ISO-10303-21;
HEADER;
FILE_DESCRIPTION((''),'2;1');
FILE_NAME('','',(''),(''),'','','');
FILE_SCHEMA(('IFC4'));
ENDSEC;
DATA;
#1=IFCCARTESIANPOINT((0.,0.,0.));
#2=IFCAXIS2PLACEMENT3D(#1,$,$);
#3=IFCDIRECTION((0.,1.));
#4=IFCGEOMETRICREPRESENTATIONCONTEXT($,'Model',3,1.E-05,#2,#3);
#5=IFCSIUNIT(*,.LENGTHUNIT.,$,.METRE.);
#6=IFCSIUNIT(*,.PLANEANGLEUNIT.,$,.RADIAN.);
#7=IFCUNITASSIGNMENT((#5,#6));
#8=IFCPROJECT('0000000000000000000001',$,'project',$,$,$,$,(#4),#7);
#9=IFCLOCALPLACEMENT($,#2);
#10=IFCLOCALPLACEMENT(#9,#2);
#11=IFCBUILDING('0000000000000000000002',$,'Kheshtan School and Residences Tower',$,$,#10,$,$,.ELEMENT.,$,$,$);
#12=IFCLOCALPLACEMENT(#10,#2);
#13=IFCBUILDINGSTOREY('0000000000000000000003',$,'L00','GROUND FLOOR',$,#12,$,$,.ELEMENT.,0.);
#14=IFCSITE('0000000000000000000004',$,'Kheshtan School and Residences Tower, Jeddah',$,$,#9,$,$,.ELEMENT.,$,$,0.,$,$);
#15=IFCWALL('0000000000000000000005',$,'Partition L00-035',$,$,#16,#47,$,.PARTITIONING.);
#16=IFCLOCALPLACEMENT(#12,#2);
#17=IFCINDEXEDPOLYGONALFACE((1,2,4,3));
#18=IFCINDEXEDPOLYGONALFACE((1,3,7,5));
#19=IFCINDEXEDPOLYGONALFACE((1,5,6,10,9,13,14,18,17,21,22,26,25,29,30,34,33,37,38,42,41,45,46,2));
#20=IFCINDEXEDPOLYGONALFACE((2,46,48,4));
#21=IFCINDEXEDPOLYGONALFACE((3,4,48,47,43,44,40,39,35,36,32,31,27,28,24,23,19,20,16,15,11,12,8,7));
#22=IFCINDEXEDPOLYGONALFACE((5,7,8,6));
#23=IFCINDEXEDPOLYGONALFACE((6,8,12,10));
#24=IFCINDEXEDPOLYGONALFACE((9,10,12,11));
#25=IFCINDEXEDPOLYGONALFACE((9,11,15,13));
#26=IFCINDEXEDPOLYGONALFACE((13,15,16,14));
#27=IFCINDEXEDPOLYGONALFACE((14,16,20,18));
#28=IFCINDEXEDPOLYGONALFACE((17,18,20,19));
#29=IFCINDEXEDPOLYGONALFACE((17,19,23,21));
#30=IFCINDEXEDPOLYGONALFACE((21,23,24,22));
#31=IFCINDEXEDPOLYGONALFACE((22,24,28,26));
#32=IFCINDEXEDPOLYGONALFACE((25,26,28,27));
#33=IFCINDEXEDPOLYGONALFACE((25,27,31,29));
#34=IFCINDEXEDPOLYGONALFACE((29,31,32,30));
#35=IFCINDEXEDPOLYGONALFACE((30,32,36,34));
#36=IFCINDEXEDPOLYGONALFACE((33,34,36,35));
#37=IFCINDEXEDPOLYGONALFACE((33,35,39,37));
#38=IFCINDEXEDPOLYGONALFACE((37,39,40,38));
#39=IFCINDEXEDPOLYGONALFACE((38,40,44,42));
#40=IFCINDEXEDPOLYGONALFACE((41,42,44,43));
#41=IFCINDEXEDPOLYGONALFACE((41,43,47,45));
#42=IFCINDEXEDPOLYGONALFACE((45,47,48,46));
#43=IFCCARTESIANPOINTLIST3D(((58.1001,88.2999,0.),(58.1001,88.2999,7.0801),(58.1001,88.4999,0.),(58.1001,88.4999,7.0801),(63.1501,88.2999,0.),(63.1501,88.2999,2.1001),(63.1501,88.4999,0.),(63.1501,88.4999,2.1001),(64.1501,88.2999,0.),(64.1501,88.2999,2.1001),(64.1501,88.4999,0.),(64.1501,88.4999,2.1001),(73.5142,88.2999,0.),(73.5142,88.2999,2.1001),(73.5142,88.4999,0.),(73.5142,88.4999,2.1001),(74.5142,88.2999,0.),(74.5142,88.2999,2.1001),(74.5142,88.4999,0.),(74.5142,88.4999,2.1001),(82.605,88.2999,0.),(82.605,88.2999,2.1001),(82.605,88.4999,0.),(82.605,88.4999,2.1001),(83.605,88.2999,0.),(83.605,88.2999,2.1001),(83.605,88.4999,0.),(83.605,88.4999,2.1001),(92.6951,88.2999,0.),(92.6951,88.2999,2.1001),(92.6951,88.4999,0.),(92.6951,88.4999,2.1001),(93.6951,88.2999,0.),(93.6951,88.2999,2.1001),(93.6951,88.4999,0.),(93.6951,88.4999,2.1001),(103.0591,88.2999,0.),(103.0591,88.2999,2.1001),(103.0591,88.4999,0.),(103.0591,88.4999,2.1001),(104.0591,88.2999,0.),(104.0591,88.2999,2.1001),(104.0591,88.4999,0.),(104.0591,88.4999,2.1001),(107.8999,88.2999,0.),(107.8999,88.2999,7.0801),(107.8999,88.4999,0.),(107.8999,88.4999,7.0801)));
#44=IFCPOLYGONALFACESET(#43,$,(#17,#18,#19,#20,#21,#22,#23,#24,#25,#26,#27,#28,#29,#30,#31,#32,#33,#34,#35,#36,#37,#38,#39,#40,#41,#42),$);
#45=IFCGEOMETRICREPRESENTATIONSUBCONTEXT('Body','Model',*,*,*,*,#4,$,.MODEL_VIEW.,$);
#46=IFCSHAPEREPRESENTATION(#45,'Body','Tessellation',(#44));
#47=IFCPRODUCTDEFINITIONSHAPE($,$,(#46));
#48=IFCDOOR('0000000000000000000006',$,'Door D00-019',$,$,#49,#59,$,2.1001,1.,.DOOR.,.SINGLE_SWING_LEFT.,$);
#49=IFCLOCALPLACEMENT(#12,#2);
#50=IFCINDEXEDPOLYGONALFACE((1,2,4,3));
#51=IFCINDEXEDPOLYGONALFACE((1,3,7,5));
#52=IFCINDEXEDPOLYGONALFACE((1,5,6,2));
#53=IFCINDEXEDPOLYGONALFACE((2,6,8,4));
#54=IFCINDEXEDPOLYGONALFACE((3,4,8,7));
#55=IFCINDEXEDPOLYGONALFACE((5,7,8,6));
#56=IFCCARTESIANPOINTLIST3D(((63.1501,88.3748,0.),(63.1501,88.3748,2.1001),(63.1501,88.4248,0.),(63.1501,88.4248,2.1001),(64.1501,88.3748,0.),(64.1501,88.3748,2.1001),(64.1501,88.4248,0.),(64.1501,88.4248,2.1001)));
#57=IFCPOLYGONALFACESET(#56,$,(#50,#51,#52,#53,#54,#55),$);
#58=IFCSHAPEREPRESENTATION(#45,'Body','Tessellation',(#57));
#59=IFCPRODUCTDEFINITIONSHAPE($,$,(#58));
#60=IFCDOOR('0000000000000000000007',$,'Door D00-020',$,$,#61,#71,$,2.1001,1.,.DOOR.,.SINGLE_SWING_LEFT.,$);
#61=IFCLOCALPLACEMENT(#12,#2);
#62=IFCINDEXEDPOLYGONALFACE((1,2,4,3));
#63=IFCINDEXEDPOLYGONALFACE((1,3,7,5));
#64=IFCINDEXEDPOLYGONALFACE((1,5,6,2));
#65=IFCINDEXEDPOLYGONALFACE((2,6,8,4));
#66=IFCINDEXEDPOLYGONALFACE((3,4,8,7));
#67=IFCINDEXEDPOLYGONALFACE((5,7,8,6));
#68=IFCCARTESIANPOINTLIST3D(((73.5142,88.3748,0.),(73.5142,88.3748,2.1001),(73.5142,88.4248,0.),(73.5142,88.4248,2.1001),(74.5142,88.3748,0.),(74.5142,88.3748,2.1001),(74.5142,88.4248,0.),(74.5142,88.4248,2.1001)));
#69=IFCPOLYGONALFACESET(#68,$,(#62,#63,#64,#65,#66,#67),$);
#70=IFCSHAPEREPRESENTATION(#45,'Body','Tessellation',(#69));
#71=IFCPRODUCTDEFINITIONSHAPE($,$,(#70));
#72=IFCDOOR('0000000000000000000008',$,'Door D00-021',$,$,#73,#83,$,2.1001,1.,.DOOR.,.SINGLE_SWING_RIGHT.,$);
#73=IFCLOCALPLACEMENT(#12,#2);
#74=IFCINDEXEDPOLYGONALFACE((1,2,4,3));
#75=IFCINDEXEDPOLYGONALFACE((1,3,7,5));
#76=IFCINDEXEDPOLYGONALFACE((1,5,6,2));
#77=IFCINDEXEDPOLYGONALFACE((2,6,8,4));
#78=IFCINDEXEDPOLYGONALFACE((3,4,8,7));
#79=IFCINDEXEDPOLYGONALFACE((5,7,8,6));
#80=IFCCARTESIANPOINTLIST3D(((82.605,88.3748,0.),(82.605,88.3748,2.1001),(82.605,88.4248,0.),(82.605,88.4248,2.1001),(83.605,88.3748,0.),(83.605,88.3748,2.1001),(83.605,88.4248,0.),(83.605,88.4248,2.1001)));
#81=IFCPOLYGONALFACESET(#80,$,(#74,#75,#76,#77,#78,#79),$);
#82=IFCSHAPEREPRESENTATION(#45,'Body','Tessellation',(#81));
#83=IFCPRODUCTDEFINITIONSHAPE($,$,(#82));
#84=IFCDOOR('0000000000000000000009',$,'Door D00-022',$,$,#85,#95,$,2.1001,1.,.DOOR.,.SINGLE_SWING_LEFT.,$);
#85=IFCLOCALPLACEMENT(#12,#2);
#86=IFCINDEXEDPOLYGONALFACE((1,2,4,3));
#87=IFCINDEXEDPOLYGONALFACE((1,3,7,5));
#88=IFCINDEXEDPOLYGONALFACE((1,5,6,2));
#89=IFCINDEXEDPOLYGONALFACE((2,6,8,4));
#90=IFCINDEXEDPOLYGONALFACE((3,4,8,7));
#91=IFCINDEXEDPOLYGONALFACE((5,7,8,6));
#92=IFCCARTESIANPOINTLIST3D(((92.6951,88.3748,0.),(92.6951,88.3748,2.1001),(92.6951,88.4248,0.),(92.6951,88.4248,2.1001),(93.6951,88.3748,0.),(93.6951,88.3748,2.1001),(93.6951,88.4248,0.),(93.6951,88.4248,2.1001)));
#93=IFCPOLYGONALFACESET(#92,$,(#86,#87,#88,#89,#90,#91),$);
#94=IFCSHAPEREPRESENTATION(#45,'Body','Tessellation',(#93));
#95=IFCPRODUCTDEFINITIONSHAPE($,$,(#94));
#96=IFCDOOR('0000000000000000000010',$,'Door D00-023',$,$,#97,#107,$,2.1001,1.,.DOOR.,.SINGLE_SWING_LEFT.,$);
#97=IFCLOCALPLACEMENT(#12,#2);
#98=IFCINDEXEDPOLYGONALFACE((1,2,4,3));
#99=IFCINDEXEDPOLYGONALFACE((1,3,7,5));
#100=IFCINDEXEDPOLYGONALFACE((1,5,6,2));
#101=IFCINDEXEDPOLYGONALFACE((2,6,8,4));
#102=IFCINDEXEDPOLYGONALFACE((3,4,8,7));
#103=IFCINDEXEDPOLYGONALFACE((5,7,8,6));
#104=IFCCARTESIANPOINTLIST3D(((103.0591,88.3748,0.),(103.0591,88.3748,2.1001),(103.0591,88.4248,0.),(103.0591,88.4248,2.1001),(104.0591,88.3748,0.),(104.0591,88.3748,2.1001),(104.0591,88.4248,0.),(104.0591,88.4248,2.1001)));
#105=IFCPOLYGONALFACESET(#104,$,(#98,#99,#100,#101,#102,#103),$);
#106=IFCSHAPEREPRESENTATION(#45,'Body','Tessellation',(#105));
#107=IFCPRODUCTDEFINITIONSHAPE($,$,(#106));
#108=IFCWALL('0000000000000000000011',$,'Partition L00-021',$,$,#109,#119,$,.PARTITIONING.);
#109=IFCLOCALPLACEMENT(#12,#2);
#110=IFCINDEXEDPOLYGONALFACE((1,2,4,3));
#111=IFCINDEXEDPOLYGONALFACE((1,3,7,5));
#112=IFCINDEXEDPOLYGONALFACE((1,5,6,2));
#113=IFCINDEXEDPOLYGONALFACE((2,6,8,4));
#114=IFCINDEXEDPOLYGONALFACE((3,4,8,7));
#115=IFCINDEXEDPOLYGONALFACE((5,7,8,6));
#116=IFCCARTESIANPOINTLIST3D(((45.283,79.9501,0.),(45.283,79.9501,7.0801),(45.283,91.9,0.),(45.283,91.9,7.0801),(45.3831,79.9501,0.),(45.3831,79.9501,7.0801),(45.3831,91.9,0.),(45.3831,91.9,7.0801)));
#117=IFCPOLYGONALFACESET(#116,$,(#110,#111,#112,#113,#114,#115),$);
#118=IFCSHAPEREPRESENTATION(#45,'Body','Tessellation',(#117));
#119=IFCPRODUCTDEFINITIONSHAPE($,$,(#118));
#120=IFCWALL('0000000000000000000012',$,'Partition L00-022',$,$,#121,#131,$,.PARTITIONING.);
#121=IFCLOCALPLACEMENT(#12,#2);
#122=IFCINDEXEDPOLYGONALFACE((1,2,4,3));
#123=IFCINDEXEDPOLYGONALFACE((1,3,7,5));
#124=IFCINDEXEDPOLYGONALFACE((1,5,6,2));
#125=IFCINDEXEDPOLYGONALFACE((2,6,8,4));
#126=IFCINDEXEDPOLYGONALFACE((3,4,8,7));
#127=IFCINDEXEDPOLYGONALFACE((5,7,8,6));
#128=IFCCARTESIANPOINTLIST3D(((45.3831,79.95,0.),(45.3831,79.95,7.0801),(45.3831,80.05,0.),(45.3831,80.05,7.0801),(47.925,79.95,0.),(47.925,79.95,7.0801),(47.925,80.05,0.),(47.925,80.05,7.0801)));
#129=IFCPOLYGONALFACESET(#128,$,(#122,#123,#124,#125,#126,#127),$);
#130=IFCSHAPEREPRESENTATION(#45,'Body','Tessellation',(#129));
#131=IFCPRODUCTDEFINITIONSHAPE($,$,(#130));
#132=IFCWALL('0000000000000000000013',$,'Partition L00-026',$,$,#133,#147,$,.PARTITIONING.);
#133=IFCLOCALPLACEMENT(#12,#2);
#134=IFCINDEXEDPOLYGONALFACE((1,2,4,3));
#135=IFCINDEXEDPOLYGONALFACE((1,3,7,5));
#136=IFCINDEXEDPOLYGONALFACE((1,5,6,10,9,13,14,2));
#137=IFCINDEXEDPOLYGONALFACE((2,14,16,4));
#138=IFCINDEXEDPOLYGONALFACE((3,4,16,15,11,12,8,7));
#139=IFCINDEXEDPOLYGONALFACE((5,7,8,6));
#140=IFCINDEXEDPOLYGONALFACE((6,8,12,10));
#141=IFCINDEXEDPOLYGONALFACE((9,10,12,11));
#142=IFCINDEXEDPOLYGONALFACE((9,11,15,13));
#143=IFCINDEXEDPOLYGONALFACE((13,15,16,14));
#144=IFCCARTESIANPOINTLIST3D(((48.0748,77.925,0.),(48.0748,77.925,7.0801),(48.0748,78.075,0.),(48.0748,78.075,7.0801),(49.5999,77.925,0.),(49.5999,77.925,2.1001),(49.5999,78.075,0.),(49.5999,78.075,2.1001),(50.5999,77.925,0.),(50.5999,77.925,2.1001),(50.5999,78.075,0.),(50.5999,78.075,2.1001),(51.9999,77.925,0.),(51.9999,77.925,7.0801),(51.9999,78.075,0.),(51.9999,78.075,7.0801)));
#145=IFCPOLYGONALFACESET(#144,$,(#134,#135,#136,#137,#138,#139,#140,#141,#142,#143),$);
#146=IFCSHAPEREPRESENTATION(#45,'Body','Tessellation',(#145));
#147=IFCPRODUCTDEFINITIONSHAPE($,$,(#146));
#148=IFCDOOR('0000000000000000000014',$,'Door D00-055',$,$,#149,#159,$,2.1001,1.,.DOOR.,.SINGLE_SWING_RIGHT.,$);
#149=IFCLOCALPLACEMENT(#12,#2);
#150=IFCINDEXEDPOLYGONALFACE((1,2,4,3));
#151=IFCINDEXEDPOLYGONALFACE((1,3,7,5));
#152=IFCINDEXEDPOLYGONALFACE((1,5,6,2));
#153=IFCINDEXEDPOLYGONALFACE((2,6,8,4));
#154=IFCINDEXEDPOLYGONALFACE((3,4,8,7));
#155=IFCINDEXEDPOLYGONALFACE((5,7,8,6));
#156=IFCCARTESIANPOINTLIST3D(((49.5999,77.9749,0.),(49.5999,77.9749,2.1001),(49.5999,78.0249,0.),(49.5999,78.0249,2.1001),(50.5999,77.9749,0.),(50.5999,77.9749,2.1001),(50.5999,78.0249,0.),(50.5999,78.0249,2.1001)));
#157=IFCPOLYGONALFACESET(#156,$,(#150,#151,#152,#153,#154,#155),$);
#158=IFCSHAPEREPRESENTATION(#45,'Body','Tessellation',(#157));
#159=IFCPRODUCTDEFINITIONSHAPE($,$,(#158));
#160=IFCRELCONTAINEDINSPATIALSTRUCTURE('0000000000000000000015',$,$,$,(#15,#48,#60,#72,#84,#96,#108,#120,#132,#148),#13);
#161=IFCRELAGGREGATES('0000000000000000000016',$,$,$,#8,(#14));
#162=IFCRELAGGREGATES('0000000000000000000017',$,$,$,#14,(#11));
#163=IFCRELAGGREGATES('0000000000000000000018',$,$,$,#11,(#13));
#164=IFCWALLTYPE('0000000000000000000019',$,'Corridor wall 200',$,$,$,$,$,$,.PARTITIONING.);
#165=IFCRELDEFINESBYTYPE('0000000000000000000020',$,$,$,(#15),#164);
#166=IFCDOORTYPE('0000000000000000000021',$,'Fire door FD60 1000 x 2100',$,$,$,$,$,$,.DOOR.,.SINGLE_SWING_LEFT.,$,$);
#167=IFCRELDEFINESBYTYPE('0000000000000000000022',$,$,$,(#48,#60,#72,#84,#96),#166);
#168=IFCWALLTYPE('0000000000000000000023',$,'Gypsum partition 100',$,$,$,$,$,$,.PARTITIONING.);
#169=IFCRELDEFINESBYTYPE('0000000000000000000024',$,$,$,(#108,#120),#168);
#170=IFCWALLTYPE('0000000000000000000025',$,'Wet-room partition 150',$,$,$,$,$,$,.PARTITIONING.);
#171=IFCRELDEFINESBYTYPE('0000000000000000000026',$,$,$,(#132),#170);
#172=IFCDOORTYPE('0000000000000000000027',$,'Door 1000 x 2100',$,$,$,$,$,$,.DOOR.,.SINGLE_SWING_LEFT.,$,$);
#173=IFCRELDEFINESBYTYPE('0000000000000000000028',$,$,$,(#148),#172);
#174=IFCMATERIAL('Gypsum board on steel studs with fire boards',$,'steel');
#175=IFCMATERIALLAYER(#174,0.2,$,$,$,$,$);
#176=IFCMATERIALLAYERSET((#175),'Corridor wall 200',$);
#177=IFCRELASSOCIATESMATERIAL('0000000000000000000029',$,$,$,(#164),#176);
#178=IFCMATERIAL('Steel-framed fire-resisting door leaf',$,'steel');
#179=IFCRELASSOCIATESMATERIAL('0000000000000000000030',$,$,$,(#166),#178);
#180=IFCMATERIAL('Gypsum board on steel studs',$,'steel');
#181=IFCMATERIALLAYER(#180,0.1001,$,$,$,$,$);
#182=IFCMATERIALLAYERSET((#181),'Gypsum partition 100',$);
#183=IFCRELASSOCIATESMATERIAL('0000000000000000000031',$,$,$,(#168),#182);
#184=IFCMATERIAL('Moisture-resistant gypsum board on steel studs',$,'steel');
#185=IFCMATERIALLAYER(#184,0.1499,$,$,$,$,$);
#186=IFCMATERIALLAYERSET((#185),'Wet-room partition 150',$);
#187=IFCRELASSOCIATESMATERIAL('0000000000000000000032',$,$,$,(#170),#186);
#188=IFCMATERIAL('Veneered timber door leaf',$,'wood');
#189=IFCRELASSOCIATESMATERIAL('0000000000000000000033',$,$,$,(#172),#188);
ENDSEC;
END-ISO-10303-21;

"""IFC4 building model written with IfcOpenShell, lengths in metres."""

from ifc_helpers import new_model, si_unit, direction, frame, frame_2d, origin, place, context, subcontext, project, spatial, rectangle, extrude, source, transform, mapped, material, layer, layer_set, type_object, element, fill, save


model = new_model("IFC4")

# Units and contexts
model_context = context("Model", 3, precision=1e-05, world=origin(), true_north=direction((0.0, 1.0)))
body_context = subcontext(model_context, "Body", "Model", "MODEL_VIEW")
ifc_project = project(units=[si_unit("LENGTHUNIT", "METRE"), si_unit("PLANEANGLEUNIT", "RADIAN")], contexts=[model_context])

# Site, building, storey
site_placement = place(None, origin())
site = spatial("IfcSite", under=ifc_project, at=site_placement, Name="Kheshtan School and Residences Tower, Jeddah", CompositionType="ELEMENT", RefElevation=0.0)
building_placement = place(site_placement, origin())
building = spatial("IfcBuilding", under=site, at=building_placement, Name="Kheshtan School and Residences Tower", CompositionType="ELEMENT")
storey_placement = place(building_placement, origin())
storey = spatial("IfcBuildingStorey", under=building, at=storey_placement, Name="L00", Description="GROUND FLOOR", CompositionType="ELEMENT", Elevation=0.0)

# Shared definitions
ifc_material_1 = material(Name="Gypsum board on steel studs with fire boards", Category="steel")
ifc_layer_1 = layer(ifc_material_1, 0.2)
ifc_layer_set_1 = layer_set([ifc_layer_1], Name="Corridor wall 200")
wall_type_1 = type_object("IfcWallType", Name="Corridor wall 200", PredefinedType="PARTITIONING", material=ifc_layer_set_1)
ifc_material_2 = material(Name="Steel-framed fire-resisting door leaf", Category="steel")

# Shared definitions
door_type_1 = type_object("IfcDoorType", Name="Fire door FD60 1000 x 2100", OperationType="SINGLE_SWING_LEFT", PredefinedType="DOOR", material=ifc_material_2)
shared_shape_1 = source(origin(), body_context, "Body", "SweptSolid", [
    extrude(rectangle(XDim=1.0, YDim=2.1001, at=frame_2d((0.5, 1.05))), frame((0.0, 0.0249, 0.0), z_axis=(0.0, -1.0, 0.0), x_axis=(1.0, 0.0, 0.0)), (0.0, 0.0, 1.0), 0.05),
])

# Wall, openings, doors
wall_1_placement = place(storey_placement, frame((58.1001, 88.3999, 0.0), z_axis=(0.0, 0.0, 1.0), x_axis=(1.0, 0.0, 0.0)))
wall_1 = element("IfcWall", 1, at=wall_1_placement, inside=storey, type_object=wall_type_1, Name="Partition L00-035", PredefinedType="PARTITIONING", context=body_context, shape_type="SweptSolid", body=[
    extrude(rectangle(XDim=49.7998, YDim=0.2, at=frame_2d((24.8999, 0.0))), origin(), (0.0, 0.0, 1.0), 7.0801),
])
opening_1_placement = place(wall_1_placement, frame((5.05, 0.0, 0.0)))
opening_1 = element("IfcOpeningElement", 2, at=opening_1_placement, cuts=wall_1, PredefinedType="OPENING", context=body_context, shape_type="SweptSolid", body=[
    extrude(rectangle(XDim=1.0, YDim=2.1001, at=frame_2d((0.5, 1.05))), frame((0.0, 0.1099, 0.0), z_axis=(0.0, -1.0, 0.0), x_axis=(1.0, 0.0, 0.0)), (0.0, 0.0, 1.0), 0.22),
])
opening_2_placement = place(wall_1_placement, frame((15.4141, 0.0, 0.0)))
opening_2 = element("IfcOpeningElement", 3, at=opening_2_placement, cuts=wall_1, PredefinedType="OPENING", context=body_context, shape_type="SweptSolid", body=[
    extrude(rectangle(XDim=1.0, YDim=2.1001, at=frame_2d((0.5, 1.05))), frame((0.0, 0.1099, 0.0), z_axis=(0.0, -1.0, 0.0), x_axis=(1.0, 0.0, 0.0)), (0.0, 0.0, 1.0), 0.22),
])
opening_3_placement = place(wall_1_placement, frame((24.5049, 0.0, 0.0)))
opening_3 = element("IfcOpeningElement", 4, at=opening_3_placement, cuts=wall_1, PredefinedType="OPENING", context=body_context, shape_type="SweptSolid", body=[
    extrude(rectangle(XDim=1.0, YDim=2.1001, at=frame_2d((0.5, 1.05))), frame((0.0, 0.1099, 0.0), z_axis=(0.0, -1.0, 0.0), x_axis=(1.0, 0.0, 0.0)), (0.0, 0.0, 1.0), 0.22),
])
opening_4_placement = place(wall_1_placement, frame((34.595, 0.0, 0.0)))
opening_4 = element("IfcOpeningElement", 5, at=opening_4_placement, cuts=wall_1, PredefinedType="OPENING", context=body_context, shape_type="SweptSolid", body=[
    extrude(rectangle(XDim=1.0, YDim=2.1001, at=frame_2d((0.5, 1.05))), frame((0.0, 0.1099, 0.0), z_axis=(0.0, -1.0, 0.0), x_axis=(1.0, 0.0, 0.0)), (0.0, 0.0, 1.0), 0.22),
])
opening_5_placement = place(wall_1_placement, frame((44.959, 0.0, 0.0)))
opening_5 = element("IfcOpeningElement", 6, at=opening_5_placement, cuts=wall_1, PredefinedType="OPENING", context=body_context, shape_type="SweptSolid", body=[
    extrude(rectangle(XDim=1.0, YDim=2.1001, at=frame_2d((0.5, 1.05))), frame((0.0, 0.1099, 0.0), z_axis=(0.0, -1.0, 0.0), x_axis=(1.0, 0.0, 0.0)), (0.0, 0.0, 1.0), 0.22),
])
door_1_placement = place(opening_1_placement, origin())
door_1 = element("IfcDoor", 7, at=door_1_placement, inside=storey, type_object=door_type_1, Name="Door D00-019", OperationType="SINGLE_SWING_LEFT", OverallHeight=2.1001, OverallWidth=1.0, PredefinedType="DOOR", context=body_context, shape_type="MappedRepresentation", body=[
    mapped(shared_shape_1, transform((0.0, 0.0, 0.0), x_axis=(1.0, 0.0, 0.0), y_axis=(0.0, 1.0, 0.0), z_axis=(0.0, 0.0, 1.0), scale=1.0)),
])
fill(opening_1, door_1)
door_2_placement = place(opening_2_placement, origin())
door_2 = element("IfcDoor", 8, at=door_2_placement, inside=storey, type_object=door_type_1, Name="Door D00-020", OperationType="SINGLE_SWING_LEFT", OverallHeight=2.1001, OverallWidth=1.0, PredefinedType="DOOR", context=body_context, shape_type="MappedRepresentation", body=[
    mapped(shared_shape_1, transform((0.0, 0.0, 0.0), x_axis=(1.0, 0.0, 0.0), y_axis=(0.0, 1.0, 0.0), z_axis=(0.0, 0.0, 1.0), scale=1.0)),
])
fill(opening_2, door_2)
door_3_placement = place(opening_3_placement, origin())
door_3 = element("IfcDoor", 9, at=door_3_placement, inside=storey, type_object=door_type_1, Name="Door D00-021", OperationType="SINGLE_SWING_RIGHT", OverallHeight=2.1001, OverallWidth=1.0, PredefinedType="DOOR", context=body_context, shape_type="MappedRepresentation", body=[
    mapped(shared_shape_1, transform((0.0, 0.0, 0.0), x_axis=(1.0, 0.0, 0.0), y_axis=(0.0, 1.0, 0.0), z_axis=(0.0, 0.0, 1.0), scale=1.0)),
])
fill(opening_3, door_3)
door_4_placement = place(opening_4_placement, origin())
door_4 = element("IfcDoor", 10, at=door_4_placement, inside=storey, type_object=door_type_1, Name="Door D00-022", OperationType="SINGLE_SWING_LEFT", OverallHeight=2.1001, OverallWidth=1.0, PredefinedType="DOOR", context=body_context, shape_type="MappedRepresentation", body=[
    mapped(shared_shape_1, transform((0.0, 0.0, 0.0), x_axis=(1.0, 0.0, 0.0), y_axis=(0.0, 1.0, 0.0), z_axis=(0.0, 0.0, 1.0), scale=1.0)),
])
fill(opening_4, door_4)
door_5_placement = place(opening_5_placement, origin())
door_5 = element("IfcDoor", 11, at=door_5_placement, inside=storey, type_object=door_type_1, Name="Door D00-023", OperationType="SINGLE_SWING_LEFT", OverallHeight=2.1001, OverallWidth=1.0, PredefinedType="DOOR", context=body_context, shape_type="MappedRepresentation", body=[
    mapped(shared_shape_1, transform((0.0, 0.0, 0.0), x_axis=(1.0, 0.0, 0.0), y_axis=(0.0, 1.0, 0.0), z_axis=(0.0, 0.0, 1.0), scale=1.0)),
])
fill(opening_5, door_5)

# Walls
ifc_material_3 = material(Name="Gypsum board on steel studs", Category="steel")
ifc_layer_2 = layer(ifc_material_3, 0.1001)
ifc_layer_set_2 = layer_set([ifc_layer_2], Name="Gypsum partition 100")
wall_type_2 = type_object("IfcWallType", Name="Gypsum partition 100", PredefinedType="PARTITIONING", material=ifc_layer_set_2)
wall_2_placement = place(storey_placement, frame((45.333, 79.95, 0.0), z_axis=(0.0, 0.0, 1.0), x_axis=(0.0, 1.0, 0.0)))
element("IfcWall", 12, at=wall_2_placement, inside=storey, type_object=wall_type_2, Name="Partition L00-021", PredefinedType="PARTITIONING", context=body_context, shape_type="SweptSolid", body=[
    extrude(rectangle(XDim=11.95, YDim=0.1001, at=frame_2d((5.9751, 0.0))), origin(), (0.0, 0.0, 1.0), 7.0801),
])
wall_3_placement = place(storey_placement, frame((45.3831, 80.0, 0.0), z_axis=(0.0, 0.0, 1.0), x_axis=(1.0, 0.0, 0.0)))
element("IfcWall", 13, at=wall_3_placement, inside=storey, type_object=wall_type_2, Name="Partition L00-022", PredefinedType="PARTITIONING", context=body_context, shape_type="SweptSolid", body=[
    extrude(rectangle(XDim=2.542, YDim=0.1001, at=frame_2d((1.271, 0.0))), origin(), (0.0, 0.0, 1.0), 7.0801),
])

# Wall, opening, door
ifc_material_4 = material(Name="Moisture-resistant gypsum board on steel studs", Category="steel")
ifc_layer_3 = layer(ifc_material_4, 0.1499)
ifc_layer_set_3 = layer_set([ifc_layer_3], Name="Wet-room partition 150")
wall_type_3 = type_object("IfcWallType", Name="Wet-room partition 150", PredefinedType="PARTITIONING", material=ifc_layer_set_3)
wall_4_placement = place(storey_placement, frame((48.075, 78.0, 0.0), z_axis=(0.0, 0.0, 1.0), x_axis=(1.0, 0.0, 0.0)))
wall_4 = element("IfcWall", 14, at=wall_4_placement, inside=storey, type_object=wall_type_3, Name="Partition L00-026", PredefinedType="PARTITIONING", context=body_context, shape_type="SweptSolid", body=[
    extrude(rectangle(XDim=3.925, YDim=0.1499, at=frame_2d((1.9624, 0.0))), origin(), (0.0, 0.0, 1.0), 7.0801),
])
opening_6_placement = place(wall_4_placement, frame((1.5249, 0.0, 0.0)))
opening_6 = element("IfcOpeningElement", 15, at=opening_6_placement, cuts=wall_4, PredefinedType="OPENING", context=body_context, shape_type="SweptSolid", body=[
    extrude(rectangle(XDim=1.0, YDim=2.1001, at=frame_2d((0.5, 1.05))), frame((0.0, 0.085, 0.0), z_axis=(0.0, -1.0, 0.0), x_axis=(1.0, 0.0, 0.0)), (0.0, 0.0, 1.0), 0.1699),
])
ifc_material_5 = material(Name="Veneered timber door leaf", Category="wood")
door_type_2 = type_object("IfcDoorType", Name="Door 1000 x 2100", OperationType="SINGLE_SWING_LEFT", PredefinedType="DOOR", material=ifc_material_5)
shared_shape_2 = source(origin(), body_context, "Body", "SweptSolid", [
    extrude(rectangle(XDim=1.0, YDim=2.1001, at=frame_2d((0.5, 1.05))), frame((0.0, 0.0249, 0.0), z_axis=(0.0, -1.0, 0.0), x_axis=(1.0, 0.0, 0.0)), (0.0, 0.0, 1.0), 0.05),
])
door_6_placement = place(opening_6_placement, origin())
door_6 = element("IfcDoor", 16, at=door_6_placement, inside=storey, type_object=door_type_2, Name="Door D00-055", OperationType="SINGLE_SWING_RIGHT", OverallHeight=2.1001, OverallWidth=1.0, PredefinedType="DOOR", context=body_context, shape_type="MappedRepresentation", body=[
    mapped(shared_shape_2, transform((0.0, 0.0, 0.0), x_axis=(1.0, 0.0, 0.0), y_axis=(0.0, 1.0, 0.0), z_axis=(0.0, 0.0, 1.0), scale=1.0)),
])
fill(opening_6, door_6)

save(model, "model.ifc")
